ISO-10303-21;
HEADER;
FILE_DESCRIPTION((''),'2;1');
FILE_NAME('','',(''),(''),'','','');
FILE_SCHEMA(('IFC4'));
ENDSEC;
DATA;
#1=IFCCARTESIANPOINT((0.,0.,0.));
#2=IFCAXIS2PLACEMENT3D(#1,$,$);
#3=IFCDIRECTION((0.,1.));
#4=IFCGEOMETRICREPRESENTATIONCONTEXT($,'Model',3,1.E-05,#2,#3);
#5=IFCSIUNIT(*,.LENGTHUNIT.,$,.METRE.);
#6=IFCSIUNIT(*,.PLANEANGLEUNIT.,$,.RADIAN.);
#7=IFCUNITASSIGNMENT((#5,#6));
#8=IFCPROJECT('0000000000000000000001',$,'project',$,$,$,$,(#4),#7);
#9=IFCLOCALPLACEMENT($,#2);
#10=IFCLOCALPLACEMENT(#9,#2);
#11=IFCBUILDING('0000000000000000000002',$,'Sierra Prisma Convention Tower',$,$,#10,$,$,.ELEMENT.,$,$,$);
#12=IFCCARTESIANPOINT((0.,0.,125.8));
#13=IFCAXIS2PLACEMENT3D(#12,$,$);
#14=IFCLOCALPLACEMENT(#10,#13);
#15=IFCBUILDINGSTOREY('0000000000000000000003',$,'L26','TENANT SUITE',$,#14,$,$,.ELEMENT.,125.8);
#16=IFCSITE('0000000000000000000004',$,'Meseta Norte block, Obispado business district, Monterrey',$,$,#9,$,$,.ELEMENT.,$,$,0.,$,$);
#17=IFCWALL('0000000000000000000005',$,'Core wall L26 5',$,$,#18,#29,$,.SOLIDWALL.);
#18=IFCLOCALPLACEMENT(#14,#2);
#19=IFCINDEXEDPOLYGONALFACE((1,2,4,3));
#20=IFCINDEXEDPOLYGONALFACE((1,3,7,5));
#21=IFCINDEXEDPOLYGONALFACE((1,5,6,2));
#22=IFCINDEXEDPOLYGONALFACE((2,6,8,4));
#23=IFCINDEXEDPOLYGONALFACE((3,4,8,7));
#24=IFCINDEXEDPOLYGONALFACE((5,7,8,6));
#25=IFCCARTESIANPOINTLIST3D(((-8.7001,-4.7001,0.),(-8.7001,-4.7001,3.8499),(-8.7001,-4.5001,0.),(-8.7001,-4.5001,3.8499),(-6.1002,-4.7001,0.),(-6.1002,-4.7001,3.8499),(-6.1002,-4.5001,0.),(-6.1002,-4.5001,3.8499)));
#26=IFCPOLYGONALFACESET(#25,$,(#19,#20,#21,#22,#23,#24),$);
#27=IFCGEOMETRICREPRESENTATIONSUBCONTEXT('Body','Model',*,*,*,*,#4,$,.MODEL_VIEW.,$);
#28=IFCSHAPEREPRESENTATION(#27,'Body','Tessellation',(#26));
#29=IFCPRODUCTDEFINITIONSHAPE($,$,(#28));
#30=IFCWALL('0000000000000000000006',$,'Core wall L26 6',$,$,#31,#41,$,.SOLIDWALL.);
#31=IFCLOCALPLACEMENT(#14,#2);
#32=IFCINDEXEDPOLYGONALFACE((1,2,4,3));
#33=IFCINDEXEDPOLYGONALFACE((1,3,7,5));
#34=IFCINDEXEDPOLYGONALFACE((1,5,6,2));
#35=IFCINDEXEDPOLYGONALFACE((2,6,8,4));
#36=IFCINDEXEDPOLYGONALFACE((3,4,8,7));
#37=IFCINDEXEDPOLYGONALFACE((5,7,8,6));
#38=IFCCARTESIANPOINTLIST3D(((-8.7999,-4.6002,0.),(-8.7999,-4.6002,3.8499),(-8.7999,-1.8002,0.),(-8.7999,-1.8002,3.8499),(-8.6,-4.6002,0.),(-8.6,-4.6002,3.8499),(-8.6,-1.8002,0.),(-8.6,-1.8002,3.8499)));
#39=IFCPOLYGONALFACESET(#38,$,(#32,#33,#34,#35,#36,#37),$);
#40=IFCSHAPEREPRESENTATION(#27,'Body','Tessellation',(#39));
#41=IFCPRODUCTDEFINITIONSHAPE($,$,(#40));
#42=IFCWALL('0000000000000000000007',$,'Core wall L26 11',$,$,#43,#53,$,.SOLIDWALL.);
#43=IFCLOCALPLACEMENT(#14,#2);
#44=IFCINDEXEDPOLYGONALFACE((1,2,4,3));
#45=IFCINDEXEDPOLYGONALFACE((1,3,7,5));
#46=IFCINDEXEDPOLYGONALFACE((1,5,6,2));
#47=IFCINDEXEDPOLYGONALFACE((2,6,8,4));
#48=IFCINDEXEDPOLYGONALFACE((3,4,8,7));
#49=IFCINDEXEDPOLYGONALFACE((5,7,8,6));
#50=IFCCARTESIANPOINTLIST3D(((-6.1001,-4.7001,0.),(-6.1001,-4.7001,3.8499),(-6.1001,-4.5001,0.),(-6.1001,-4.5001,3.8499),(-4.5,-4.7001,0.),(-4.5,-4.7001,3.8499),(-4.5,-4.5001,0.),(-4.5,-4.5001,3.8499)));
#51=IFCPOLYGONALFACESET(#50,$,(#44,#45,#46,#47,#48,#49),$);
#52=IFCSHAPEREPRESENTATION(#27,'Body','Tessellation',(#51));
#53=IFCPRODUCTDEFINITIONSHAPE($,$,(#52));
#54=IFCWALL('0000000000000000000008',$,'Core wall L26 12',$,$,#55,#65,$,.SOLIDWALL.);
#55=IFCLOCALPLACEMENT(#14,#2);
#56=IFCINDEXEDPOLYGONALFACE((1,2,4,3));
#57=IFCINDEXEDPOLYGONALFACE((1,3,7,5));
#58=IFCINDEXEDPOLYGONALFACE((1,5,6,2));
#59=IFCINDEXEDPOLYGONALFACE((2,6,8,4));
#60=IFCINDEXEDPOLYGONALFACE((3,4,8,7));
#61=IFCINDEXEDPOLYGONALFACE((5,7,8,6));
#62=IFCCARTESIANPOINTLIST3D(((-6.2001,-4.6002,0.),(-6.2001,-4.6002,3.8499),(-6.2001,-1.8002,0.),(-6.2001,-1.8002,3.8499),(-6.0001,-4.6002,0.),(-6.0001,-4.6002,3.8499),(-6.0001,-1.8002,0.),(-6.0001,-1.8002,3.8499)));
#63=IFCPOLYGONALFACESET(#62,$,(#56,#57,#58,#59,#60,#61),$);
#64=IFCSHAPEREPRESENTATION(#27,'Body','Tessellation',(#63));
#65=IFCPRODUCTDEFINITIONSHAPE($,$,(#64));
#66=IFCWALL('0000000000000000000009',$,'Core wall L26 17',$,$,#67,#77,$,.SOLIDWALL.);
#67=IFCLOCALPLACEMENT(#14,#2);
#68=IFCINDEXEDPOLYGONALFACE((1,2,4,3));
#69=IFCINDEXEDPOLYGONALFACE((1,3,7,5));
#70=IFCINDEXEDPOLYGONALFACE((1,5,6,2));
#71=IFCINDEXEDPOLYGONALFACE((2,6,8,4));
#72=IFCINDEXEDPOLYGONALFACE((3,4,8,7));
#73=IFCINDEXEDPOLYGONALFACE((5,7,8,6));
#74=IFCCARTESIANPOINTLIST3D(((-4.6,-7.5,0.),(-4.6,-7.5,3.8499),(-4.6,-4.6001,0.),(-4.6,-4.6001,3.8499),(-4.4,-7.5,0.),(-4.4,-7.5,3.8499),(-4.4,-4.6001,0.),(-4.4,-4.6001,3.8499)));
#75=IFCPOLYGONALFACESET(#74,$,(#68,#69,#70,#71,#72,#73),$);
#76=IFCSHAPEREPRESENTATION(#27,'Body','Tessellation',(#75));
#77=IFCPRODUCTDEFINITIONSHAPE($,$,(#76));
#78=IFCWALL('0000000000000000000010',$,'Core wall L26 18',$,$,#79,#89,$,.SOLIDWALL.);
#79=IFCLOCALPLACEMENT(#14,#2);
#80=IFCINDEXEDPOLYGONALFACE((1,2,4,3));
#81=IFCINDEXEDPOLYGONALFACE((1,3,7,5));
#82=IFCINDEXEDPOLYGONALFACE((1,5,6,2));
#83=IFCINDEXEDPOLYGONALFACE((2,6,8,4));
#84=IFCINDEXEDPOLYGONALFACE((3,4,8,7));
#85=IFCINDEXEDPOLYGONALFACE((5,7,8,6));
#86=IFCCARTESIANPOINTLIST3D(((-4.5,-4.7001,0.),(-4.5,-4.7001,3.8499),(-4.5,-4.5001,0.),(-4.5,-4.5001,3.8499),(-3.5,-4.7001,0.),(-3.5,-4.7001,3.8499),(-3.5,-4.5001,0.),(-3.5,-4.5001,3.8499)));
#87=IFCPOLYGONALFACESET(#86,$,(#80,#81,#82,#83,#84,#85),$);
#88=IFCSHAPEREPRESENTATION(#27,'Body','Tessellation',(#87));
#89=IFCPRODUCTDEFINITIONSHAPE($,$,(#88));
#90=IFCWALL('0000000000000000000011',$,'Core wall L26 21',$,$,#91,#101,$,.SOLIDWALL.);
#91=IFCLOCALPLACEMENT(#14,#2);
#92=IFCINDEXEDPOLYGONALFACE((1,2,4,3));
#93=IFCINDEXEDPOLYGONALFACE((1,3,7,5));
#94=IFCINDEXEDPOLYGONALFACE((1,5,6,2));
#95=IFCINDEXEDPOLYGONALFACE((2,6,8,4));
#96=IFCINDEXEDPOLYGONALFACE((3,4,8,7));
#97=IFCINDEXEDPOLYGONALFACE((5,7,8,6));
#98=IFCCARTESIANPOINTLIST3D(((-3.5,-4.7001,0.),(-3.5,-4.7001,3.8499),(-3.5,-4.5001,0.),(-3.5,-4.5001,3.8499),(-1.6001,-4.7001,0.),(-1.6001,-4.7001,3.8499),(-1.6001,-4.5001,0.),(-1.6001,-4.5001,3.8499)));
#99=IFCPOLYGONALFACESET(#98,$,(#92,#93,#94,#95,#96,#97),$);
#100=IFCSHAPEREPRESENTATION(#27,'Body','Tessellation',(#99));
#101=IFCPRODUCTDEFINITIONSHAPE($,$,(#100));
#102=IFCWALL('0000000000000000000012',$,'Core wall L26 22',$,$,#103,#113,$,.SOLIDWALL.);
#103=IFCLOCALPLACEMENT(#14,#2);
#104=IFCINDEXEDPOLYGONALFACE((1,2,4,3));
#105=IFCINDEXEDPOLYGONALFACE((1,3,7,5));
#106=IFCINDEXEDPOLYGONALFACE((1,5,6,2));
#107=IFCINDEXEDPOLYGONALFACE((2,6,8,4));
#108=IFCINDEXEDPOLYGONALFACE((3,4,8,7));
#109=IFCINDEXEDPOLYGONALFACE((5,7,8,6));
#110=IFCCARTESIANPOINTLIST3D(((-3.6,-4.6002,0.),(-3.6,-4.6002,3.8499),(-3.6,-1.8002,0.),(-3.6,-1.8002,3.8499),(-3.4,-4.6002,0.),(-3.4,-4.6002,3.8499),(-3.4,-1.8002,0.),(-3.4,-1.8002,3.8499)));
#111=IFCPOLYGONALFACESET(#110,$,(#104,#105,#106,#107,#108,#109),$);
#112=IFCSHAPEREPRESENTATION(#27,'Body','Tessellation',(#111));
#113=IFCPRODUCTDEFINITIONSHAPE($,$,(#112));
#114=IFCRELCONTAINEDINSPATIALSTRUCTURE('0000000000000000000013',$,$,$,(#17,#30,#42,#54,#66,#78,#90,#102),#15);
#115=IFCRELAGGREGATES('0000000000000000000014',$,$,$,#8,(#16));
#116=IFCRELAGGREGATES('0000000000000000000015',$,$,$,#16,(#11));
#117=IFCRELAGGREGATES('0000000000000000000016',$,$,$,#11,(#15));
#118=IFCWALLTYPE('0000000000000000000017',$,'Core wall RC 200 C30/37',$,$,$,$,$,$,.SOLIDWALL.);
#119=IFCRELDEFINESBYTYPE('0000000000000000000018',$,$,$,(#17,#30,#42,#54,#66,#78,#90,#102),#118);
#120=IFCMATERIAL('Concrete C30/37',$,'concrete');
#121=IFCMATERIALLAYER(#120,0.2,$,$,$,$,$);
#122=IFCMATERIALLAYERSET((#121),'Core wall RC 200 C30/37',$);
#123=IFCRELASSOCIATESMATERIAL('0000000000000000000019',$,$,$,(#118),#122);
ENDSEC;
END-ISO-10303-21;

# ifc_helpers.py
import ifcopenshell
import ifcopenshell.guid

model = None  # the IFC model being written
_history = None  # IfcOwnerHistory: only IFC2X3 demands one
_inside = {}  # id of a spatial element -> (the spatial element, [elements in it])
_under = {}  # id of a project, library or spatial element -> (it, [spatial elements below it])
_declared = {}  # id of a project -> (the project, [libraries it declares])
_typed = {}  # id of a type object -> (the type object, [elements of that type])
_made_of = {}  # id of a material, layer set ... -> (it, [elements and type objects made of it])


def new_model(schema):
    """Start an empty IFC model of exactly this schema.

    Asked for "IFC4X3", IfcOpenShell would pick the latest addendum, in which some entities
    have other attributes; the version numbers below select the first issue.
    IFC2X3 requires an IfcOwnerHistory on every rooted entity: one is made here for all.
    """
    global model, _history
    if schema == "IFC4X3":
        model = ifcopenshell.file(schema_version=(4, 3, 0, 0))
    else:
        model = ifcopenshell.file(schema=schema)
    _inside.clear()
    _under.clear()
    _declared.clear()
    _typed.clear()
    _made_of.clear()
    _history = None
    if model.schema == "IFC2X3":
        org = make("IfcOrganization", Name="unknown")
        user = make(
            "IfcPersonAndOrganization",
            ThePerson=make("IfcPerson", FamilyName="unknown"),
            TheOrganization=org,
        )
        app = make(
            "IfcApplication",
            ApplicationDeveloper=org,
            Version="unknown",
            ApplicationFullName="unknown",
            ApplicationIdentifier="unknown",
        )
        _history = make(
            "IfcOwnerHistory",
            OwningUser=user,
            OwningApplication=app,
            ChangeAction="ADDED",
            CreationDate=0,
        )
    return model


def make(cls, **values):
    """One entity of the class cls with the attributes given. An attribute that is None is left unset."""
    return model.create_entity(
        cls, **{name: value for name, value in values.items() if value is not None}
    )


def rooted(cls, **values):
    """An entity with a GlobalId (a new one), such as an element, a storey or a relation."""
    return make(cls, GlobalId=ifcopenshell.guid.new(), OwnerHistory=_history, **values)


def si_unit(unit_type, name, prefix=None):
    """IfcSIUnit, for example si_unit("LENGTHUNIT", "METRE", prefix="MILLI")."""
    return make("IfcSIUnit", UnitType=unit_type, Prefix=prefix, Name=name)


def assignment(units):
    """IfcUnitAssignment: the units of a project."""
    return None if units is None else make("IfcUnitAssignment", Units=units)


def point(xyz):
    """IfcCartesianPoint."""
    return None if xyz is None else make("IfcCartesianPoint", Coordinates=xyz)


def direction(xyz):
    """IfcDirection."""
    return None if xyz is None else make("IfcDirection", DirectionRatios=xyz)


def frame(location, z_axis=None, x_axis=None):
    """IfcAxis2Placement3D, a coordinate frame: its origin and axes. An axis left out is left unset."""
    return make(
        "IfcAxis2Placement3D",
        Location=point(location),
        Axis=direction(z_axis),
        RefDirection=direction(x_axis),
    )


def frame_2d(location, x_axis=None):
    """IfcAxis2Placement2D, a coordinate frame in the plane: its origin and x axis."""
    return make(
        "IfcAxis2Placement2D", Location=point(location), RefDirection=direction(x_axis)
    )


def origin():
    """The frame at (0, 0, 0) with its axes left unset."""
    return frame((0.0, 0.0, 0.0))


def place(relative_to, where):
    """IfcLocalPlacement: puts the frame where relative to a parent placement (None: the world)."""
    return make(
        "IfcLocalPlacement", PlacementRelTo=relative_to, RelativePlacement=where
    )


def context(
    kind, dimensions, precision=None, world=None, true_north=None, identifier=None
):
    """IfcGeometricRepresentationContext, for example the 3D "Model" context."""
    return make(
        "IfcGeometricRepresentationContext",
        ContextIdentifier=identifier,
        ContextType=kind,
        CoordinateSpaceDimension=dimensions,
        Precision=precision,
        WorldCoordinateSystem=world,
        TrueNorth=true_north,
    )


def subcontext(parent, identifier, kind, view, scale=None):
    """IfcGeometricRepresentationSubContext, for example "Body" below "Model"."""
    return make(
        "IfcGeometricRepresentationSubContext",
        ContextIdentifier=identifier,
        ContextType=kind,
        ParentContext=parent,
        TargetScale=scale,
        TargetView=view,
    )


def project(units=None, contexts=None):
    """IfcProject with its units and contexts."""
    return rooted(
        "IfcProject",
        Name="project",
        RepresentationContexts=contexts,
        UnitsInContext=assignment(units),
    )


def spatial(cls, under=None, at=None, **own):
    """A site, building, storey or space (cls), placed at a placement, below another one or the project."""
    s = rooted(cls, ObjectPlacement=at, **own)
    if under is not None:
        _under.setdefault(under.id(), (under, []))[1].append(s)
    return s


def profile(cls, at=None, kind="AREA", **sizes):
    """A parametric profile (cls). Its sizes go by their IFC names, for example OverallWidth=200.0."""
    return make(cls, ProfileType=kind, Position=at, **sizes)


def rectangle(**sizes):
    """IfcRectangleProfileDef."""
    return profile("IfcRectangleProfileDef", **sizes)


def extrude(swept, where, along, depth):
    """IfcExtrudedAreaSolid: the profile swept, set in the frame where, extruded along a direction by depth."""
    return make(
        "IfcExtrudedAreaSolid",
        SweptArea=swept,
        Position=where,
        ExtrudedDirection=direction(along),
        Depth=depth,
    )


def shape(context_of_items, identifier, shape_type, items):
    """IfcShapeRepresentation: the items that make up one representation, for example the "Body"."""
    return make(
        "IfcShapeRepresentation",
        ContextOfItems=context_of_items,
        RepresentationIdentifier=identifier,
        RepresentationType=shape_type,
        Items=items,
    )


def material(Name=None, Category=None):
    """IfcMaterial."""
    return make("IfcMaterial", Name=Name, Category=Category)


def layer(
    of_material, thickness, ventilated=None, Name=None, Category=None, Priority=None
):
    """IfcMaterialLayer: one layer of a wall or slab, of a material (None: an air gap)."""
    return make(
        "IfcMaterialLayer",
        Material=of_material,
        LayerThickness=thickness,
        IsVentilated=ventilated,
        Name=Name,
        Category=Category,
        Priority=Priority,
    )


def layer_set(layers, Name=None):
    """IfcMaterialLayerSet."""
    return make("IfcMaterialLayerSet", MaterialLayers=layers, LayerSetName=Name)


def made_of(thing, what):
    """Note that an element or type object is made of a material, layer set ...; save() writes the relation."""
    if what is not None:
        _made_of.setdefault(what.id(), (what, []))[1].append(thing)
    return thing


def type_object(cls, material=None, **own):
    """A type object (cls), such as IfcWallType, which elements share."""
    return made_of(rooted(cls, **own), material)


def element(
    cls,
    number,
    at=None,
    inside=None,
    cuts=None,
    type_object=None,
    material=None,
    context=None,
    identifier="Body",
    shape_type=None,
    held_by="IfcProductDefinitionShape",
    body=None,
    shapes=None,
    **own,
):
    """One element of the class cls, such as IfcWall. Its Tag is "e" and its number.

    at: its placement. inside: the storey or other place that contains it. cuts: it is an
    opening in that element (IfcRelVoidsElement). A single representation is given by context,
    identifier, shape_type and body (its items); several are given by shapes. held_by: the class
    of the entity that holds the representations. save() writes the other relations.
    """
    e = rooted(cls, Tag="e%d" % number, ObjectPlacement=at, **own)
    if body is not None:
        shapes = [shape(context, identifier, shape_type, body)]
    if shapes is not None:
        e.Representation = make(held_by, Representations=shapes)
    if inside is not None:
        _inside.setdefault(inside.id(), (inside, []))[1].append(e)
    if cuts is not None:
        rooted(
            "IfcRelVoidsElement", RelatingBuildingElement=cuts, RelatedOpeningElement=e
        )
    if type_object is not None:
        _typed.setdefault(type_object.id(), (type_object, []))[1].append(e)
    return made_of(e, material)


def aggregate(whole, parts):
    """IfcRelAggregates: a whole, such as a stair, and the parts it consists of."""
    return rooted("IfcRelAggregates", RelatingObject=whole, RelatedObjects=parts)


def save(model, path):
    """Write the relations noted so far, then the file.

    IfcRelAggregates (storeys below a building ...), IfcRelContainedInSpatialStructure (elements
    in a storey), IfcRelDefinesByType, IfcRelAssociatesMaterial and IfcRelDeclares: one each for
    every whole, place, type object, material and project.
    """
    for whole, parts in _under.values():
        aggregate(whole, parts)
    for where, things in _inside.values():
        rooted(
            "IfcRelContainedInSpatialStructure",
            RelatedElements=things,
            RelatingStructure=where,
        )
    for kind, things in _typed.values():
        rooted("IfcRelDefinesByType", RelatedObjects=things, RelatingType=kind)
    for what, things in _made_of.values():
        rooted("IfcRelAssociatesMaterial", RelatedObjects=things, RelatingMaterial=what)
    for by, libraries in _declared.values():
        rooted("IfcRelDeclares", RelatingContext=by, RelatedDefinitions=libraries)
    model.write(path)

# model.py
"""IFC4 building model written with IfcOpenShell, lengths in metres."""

from ifc_helpers import new_model, si_unit, direction, frame, frame_2d, origin, place, context, subcontext, project, spatial, rectangle, extrude, material, layer, layer_set, type_object, element, save


model = new_model("IFC4")

# Units and contexts
model_context = context("Model", 3, precision=1e-05, world=origin(), true_north=direction((0.0, 1.0)))
body_context = subcontext(model_context, "Body", "Model", "MODEL_VIEW")
ifc_project = project(units=[si_unit("LENGTHUNIT", "METRE"), si_unit("PLANEANGLEUNIT", "RADIAN")], contexts=[model_context])

# Site, building, storey
site_placement = place(None, origin())
site = spatial("IfcSite", under=ifc_project, at=site_placement, Name="Meseta Norte block, Obispado business district, Monterrey", CompositionType="ELEMENT", RefElevation=0.0)
building_placement = place(site_placement, origin())
building = spatial("IfcBuilding", under=site, at=building_placement, Name="Sierra Prisma Convention Tower", CompositionType="ELEMENT")
storey_placement = place(building_placement, frame((0.0, 0.0, 125.8)))
storey = spatial("IfcBuildingStorey", under=building, at=storey_placement, Name="L26", Description="TENANT SUITE", CompositionType="ELEMENT", Elevation=125.8)

# Shared definitions
ifc_material_1 = material(Name="Concrete C30/37", Category="concrete")
ifc_layer = layer(ifc_material_1, 0.2)
ifc_layer_set = layer_set([ifc_layer], Name="Core wall RC 200 C30/37")
wall_type = type_object("IfcWallType", Name="Core wall RC 200 C30/37", PredefinedType="SOLIDWALL", material=ifc_layer_set)

# Walls
wall_1_placement = place(storey_placement, frame((-8.7, -4.6001, 0.0), z_axis=(0.0, 0.0, 1.0), x_axis=(1.0, 0.0, 0.0)))
element("IfcWall", 1, at=wall_1_placement, inside=storey, type_object=wall_type, Name="Core wall L26 5", PredefinedType="SOLIDWALL", context=body_context, shape_type="SweptSolid", body=[
    extrude(rectangle(XDim=2.5999, YDim=0.2, at=frame_2d((1.2998, 0.0))), origin(), (0.0, 0.0, 1.0), 3.8499),
])
wall_2_placement = place(storey_placement, frame((-8.7, -4.6001, 0.0), z_axis=(0.0, 0.0, 1.0), x_axis=(0.0, 1.0, 0.0)))
element("IfcWall", 2, at=wall_2_placement, inside=storey, type_object=wall_type, Name="Core wall L26 6", PredefinedType="SOLIDWALL", context=body_context, shape_type="SweptSolid", body=[
    extrude(rectangle(XDim=2.8, YDim=0.2, at=frame_2d((1.3999, 0.0))), origin(), (0.0, 0.0, 1.0), 3.8499),
])

# Walls
wall_3_placement = place(storey_placement, frame((-6.1001, -4.6001, 0.0), z_axis=(0.0, 0.0, 1.0), x_axis=(1.0, 0.0, 0.0)))
element("IfcWall", 3, at=wall_3_placement, inside=storey, type_object=wall_type, Name="Core wall L26 11", PredefinedType="SOLIDWALL", context=body_context, shape_type="SweptSolid", body=[
    extrude(rectangle(XDim=1.6001, YDim=0.2, at=frame_2d((0.8, 0.0))), origin(), (0.0, 0.0, 1.0), 3.8499),
])
wall_4_placement = place(storey_placement, frame((-6.1001, -4.6001, 0.0), z_axis=(0.0, 0.0, 1.0), x_axis=(0.0, 1.0, 0.0)))
element("IfcWall", 4, at=wall_4_placement, inside=storey, type_object=wall_type, Name="Core wall L26 12", PredefinedType="SOLIDWALL", context=body_context, shape_type="SweptSolid", body=[
    extrude(rectangle(XDim=2.8, YDim=0.2, at=frame_2d((1.3999, 0.0))), origin(), (0.0, 0.0, 1.0), 3.8499),
])

# Walls
wall_5_placement = place(storey_placement, frame((-4.5, -4.6001, 0.0), z_axis=(0.0, 0.0, 1.0), x_axis=(0.0, -1.0, 0.0)))
element("IfcWall", 5, at=wall_5_placement, inside=storey, type_object=wall_type, Name="Core wall L26 17", PredefinedType="SOLIDWALL", context=body_context, shape_type="SweptSolid", body=[
    extrude(rectangle(XDim=2.8999, YDim=0.2, at=frame_2d((1.45, 0.0))), origin(), (0.0, 0.0, 1.0), 3.8499),
])
wall_6_placement = place(storey_placement, frame((-4.5, -4.6001, 0.0), z_axis=(0.0, 0.0, 1.0), x_axis=(1.0, 0.0, 0.0)))
element("IfcWall", 6, at=wall_6_placement, inside=storey, type_object=wall_type, Name="Core wall L26 18", PredefinedType="SOLIDWALL", context=body_context, shape_type="SweptSolid", body=[
    extrude(rectangle(XDim=1.0, YDim=0.2, at=frame_2d((0.5, 0.0))), origin(), (0.0, 0.0, 1.0), 3.8499),
])
wall_7_placement = place(storey_placement, frame((-3.5, -4.6001, 0.0), z_axis=(0.0, 0.0, 1.0), x_axis=(1.0, 0.0, 0.0)))
element("IfcWall", 7, at=wall_7_placement, inside=storey, type_object=wall_type, Name="Core wall L26 21", PredefinedType="SOLIDWALL", context=body_context, shape_type="SweptSolid", body=[
    extrude(rectangle(XDim=1.8999, YDim=0.2, at=frame_2d((0.95, 0.0))), origin(), (0.0, 0.0, 1.0), 3.8499),
])
wall_8_placement = place(storey_placement, frame((-3.5, -4.6001, 0.0), z_axis=(0.0, 0.0, 1.0), x_axis=(0.0, 1.0, 0.0)))
element("IfcWall", 8, at=wall_8_placement, inside=storey, type_object=wall_type, Name="Core wall L26 22", PredefinedType="SOLIDWALL", context=body_context, shape_type="SweptSolid", body=[
    extrude(rectangle(XDim=2.8, YDim=0.2, at=frame_2d((1.3999, 0.0))), origin(), (0.0, 0.0, 1.0), 3.8499),
])

save(model, "model.ifc")
